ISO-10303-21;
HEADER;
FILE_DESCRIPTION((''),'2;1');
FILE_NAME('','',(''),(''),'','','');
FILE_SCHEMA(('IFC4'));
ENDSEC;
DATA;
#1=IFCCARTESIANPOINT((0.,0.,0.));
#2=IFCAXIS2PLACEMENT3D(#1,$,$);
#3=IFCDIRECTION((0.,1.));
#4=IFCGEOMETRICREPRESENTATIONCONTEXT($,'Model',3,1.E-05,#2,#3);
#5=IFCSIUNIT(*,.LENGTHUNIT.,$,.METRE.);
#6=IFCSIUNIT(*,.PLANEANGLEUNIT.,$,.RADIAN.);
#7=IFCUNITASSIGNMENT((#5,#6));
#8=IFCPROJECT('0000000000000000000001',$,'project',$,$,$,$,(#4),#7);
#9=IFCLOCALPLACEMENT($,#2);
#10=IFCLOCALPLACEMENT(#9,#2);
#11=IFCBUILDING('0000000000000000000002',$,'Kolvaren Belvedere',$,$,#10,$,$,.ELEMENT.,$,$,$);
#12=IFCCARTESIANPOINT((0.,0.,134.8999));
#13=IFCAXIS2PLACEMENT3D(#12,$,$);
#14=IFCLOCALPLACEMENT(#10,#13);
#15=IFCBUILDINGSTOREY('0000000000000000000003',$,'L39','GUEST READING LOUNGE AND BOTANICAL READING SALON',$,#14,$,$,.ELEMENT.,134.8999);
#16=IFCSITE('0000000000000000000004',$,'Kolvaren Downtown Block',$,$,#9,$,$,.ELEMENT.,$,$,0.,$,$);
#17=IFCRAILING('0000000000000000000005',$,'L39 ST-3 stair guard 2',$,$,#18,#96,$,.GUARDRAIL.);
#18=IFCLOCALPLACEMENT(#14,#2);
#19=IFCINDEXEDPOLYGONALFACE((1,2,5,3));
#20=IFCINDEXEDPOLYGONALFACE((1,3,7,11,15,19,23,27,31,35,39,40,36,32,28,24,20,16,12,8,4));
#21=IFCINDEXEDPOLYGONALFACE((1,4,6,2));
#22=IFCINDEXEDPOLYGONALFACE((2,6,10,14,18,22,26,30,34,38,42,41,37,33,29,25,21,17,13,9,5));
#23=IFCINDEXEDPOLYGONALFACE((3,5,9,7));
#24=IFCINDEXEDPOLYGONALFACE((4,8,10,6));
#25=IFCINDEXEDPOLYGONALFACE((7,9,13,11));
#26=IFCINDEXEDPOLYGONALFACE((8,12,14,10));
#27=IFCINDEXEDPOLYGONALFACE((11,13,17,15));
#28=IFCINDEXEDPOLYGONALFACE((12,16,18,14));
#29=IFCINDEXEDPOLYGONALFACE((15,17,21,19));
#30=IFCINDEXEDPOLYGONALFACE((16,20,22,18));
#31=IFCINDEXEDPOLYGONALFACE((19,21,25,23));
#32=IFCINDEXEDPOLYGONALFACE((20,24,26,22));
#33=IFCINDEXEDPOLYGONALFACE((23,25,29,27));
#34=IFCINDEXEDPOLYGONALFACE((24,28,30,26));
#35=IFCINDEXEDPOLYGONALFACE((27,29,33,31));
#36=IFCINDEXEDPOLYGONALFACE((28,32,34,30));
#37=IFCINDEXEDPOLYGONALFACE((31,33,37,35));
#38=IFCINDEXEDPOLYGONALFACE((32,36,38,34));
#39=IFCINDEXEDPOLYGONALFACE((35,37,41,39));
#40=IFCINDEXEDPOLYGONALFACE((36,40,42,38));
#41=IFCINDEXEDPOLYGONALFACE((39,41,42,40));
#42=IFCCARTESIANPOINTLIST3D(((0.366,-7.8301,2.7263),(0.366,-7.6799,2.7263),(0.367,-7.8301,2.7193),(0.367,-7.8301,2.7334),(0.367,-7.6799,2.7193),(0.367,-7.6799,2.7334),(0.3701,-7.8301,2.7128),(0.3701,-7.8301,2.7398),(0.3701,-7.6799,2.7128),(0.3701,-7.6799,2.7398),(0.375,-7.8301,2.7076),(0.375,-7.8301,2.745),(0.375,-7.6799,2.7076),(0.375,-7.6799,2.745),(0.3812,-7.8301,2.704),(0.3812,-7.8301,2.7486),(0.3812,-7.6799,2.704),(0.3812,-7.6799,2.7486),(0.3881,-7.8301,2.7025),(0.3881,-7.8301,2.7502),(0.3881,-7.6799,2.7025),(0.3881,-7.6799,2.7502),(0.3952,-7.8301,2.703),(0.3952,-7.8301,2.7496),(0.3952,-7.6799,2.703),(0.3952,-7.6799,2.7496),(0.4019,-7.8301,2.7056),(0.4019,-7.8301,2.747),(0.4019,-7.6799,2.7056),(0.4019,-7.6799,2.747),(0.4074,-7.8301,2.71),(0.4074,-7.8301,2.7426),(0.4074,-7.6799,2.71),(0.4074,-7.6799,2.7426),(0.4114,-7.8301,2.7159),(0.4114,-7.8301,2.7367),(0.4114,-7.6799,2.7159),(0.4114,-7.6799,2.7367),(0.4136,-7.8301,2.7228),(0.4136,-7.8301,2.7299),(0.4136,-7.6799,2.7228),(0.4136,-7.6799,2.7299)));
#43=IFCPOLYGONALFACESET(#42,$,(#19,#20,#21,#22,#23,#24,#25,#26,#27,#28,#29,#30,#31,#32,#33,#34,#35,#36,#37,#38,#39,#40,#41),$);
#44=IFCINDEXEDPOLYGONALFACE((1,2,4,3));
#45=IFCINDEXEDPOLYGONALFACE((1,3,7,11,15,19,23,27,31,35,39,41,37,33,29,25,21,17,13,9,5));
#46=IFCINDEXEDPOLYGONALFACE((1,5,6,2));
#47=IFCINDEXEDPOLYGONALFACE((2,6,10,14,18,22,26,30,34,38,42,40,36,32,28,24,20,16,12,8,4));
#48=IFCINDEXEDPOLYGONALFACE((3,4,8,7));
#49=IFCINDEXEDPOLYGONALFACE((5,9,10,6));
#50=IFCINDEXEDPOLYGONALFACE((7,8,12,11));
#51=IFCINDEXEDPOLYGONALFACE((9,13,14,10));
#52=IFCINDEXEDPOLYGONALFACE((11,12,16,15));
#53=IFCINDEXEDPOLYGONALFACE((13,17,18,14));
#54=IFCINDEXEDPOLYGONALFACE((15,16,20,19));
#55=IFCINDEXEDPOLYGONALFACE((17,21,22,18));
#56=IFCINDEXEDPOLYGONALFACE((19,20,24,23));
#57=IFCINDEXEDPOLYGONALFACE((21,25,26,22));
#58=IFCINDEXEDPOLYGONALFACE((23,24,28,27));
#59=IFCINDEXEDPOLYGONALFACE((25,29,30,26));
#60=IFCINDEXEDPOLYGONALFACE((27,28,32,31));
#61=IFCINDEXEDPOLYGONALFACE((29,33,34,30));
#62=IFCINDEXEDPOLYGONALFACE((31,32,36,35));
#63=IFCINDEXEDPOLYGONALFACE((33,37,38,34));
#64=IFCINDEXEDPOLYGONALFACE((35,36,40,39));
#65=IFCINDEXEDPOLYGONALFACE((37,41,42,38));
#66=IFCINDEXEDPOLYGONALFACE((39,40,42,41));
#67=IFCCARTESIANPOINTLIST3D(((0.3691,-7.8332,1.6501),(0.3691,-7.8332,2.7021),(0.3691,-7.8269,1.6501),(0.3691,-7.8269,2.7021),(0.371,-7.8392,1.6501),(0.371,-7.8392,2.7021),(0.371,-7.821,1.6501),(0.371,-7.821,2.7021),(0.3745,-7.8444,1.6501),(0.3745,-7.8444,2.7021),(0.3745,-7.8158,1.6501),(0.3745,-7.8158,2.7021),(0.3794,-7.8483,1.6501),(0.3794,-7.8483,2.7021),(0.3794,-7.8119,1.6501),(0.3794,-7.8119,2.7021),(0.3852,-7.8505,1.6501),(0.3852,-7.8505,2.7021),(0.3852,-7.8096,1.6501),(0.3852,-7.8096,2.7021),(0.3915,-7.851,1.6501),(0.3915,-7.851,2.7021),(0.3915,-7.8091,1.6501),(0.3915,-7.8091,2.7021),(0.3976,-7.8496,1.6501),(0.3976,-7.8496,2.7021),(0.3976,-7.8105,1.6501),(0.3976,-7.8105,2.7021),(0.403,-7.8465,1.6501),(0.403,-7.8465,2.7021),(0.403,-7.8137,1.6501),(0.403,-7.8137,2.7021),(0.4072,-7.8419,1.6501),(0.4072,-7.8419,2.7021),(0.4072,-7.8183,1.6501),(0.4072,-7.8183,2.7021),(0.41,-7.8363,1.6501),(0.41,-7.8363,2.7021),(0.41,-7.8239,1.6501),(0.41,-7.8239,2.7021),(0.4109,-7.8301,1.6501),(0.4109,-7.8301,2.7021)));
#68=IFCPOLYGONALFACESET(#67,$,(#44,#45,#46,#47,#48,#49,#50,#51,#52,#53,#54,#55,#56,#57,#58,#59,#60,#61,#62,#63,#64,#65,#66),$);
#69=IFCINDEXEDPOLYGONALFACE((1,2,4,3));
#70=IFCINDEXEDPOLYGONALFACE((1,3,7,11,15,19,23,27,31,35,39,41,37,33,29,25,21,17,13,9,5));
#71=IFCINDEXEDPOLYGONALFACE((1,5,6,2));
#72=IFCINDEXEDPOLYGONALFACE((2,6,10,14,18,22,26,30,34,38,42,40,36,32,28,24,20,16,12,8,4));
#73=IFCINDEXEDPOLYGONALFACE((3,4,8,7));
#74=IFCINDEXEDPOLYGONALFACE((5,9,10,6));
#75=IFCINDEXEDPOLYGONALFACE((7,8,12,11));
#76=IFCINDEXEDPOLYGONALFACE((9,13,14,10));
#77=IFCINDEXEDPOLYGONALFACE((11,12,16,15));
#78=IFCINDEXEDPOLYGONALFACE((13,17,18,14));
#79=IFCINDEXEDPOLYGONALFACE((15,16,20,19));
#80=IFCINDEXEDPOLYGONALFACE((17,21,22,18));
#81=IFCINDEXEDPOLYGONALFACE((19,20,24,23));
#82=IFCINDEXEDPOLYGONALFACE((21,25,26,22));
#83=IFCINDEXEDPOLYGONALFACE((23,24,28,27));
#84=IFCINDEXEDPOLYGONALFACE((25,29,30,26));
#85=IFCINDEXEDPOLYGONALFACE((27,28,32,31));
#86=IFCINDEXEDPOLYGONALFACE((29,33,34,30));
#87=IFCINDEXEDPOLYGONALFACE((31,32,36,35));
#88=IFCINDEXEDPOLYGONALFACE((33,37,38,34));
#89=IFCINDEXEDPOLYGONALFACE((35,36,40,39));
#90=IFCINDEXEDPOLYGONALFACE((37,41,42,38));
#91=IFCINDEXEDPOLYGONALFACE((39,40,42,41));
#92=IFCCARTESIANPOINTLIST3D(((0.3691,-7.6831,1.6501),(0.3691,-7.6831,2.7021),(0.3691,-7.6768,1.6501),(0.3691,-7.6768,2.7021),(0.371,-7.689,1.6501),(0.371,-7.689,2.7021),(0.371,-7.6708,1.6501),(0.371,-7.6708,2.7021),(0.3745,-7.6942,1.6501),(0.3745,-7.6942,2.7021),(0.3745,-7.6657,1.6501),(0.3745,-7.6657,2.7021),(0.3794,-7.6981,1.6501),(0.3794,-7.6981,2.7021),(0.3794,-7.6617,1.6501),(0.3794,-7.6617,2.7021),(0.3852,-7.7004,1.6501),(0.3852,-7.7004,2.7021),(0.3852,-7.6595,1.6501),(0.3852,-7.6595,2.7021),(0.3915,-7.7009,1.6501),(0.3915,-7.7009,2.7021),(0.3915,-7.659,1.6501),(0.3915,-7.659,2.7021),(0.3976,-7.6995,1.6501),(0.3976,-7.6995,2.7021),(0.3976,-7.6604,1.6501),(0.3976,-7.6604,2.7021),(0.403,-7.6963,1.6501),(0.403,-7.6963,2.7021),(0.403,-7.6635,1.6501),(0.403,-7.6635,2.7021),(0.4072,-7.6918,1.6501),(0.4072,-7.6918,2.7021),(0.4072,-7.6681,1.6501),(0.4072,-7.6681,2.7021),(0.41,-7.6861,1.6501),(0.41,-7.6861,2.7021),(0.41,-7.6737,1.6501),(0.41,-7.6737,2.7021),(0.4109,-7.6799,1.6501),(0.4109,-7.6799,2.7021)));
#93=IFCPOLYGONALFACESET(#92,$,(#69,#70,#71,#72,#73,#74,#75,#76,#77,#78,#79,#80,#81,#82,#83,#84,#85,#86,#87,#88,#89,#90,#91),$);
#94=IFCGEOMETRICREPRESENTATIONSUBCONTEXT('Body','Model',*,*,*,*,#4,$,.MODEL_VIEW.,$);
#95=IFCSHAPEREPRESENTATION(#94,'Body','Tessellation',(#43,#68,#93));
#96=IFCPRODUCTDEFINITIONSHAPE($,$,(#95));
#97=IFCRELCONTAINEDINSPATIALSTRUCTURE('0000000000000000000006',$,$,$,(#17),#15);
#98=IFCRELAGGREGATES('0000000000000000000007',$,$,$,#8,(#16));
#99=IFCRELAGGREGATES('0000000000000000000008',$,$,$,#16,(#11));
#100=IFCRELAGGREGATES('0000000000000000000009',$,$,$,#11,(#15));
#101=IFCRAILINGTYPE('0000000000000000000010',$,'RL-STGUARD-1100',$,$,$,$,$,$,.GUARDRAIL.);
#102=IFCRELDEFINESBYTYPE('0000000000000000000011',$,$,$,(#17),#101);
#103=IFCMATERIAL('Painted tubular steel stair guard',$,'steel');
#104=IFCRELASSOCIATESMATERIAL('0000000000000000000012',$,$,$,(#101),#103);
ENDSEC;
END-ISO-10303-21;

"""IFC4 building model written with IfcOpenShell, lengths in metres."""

from ifc_helpers import new_model, si_unit, direction, frame, origin, origin_2d, place, context, subcontext, project, spatial, circle, extrude, material, type_object, element, save


model = new_model("IFC4")

# Units and contexts
model_context = context("Model", 3, precision=1e-05, world=origin(), true_north=direction((0.0, 1.0)))
body_context = subcontext(model_context, "Body", "Model", "MODEL_VIEW")
ifc_project = project(units=[si_unit("LENGTHUNIT", "METRE"), si_unit("PLANEANGLEUNIT", "RADIAN")], contexts=[model_context])

# Site, building, storey
site_placement = place(None, origin())
site = spatial("IfcSite", under=ifc_project, at=site_placement, Name="Kolvaren Downtown Block", CompositionType="ELEMENT", RefElevation=0.0)
building_placement = place(site_placement, origin())
building = spatial("IfcBuilding", under=site, at=building_placement, Name="Kolvaren Belvedere", CompositionType="ELEMENT")
storey_placement = place(building_placement, frame((0.0, 0.0, 134.8999)))
storey = spatial("IfcBuildingStorey", under=building, at=storey_placement, Name="L39", Description="GUEST READING LOUNGE AND BOTANICAL READING SALON", CompositionType="ELEMENT", Elevation=134.8999)

# Railing
ifc_material_1 = material(Name="Painted tubular steel stair guard", Category="steel")
railing_type_1 = type_object("IfcRailingType", Name="RL-STGUARD-1100", PredefinedType="GUARDRAIL", material=ifc_material_1)
railing_1_placement = place(storey_placement, frame((0.3899, -7.8301, 1.6501)))
element("IfcRailing", 1, at=railing_1_placement, inside=storey, type_object=railing_type_1, Name="L39 ST-3 stair guard 2", PredefinedType="GUARDRAIL", context=body_context, shape_type="SweptSolid", body=[
    extrude(circle(Radius=0.0239, at=origin_2d()), frame((0.0, 0.0, 1.0762), z_axis=(0.0, 1.0, 0.0), x_axis=(-1.0, 0.0, 0.0)), (0.0, 0.0, 1.0), 0.1501),
    extrude(circle(Radius=0.021, at=origin_2d()), origin(), (0.0, 0.0, 1.0), 1.052),
    extrude(circle(Radius=0.021, at=origin_2d()), frame((0.0, 0.1501, 0.0)), (0.0, 0.0, 1.0), 1.052),
])

save(model, "model.ifc")
